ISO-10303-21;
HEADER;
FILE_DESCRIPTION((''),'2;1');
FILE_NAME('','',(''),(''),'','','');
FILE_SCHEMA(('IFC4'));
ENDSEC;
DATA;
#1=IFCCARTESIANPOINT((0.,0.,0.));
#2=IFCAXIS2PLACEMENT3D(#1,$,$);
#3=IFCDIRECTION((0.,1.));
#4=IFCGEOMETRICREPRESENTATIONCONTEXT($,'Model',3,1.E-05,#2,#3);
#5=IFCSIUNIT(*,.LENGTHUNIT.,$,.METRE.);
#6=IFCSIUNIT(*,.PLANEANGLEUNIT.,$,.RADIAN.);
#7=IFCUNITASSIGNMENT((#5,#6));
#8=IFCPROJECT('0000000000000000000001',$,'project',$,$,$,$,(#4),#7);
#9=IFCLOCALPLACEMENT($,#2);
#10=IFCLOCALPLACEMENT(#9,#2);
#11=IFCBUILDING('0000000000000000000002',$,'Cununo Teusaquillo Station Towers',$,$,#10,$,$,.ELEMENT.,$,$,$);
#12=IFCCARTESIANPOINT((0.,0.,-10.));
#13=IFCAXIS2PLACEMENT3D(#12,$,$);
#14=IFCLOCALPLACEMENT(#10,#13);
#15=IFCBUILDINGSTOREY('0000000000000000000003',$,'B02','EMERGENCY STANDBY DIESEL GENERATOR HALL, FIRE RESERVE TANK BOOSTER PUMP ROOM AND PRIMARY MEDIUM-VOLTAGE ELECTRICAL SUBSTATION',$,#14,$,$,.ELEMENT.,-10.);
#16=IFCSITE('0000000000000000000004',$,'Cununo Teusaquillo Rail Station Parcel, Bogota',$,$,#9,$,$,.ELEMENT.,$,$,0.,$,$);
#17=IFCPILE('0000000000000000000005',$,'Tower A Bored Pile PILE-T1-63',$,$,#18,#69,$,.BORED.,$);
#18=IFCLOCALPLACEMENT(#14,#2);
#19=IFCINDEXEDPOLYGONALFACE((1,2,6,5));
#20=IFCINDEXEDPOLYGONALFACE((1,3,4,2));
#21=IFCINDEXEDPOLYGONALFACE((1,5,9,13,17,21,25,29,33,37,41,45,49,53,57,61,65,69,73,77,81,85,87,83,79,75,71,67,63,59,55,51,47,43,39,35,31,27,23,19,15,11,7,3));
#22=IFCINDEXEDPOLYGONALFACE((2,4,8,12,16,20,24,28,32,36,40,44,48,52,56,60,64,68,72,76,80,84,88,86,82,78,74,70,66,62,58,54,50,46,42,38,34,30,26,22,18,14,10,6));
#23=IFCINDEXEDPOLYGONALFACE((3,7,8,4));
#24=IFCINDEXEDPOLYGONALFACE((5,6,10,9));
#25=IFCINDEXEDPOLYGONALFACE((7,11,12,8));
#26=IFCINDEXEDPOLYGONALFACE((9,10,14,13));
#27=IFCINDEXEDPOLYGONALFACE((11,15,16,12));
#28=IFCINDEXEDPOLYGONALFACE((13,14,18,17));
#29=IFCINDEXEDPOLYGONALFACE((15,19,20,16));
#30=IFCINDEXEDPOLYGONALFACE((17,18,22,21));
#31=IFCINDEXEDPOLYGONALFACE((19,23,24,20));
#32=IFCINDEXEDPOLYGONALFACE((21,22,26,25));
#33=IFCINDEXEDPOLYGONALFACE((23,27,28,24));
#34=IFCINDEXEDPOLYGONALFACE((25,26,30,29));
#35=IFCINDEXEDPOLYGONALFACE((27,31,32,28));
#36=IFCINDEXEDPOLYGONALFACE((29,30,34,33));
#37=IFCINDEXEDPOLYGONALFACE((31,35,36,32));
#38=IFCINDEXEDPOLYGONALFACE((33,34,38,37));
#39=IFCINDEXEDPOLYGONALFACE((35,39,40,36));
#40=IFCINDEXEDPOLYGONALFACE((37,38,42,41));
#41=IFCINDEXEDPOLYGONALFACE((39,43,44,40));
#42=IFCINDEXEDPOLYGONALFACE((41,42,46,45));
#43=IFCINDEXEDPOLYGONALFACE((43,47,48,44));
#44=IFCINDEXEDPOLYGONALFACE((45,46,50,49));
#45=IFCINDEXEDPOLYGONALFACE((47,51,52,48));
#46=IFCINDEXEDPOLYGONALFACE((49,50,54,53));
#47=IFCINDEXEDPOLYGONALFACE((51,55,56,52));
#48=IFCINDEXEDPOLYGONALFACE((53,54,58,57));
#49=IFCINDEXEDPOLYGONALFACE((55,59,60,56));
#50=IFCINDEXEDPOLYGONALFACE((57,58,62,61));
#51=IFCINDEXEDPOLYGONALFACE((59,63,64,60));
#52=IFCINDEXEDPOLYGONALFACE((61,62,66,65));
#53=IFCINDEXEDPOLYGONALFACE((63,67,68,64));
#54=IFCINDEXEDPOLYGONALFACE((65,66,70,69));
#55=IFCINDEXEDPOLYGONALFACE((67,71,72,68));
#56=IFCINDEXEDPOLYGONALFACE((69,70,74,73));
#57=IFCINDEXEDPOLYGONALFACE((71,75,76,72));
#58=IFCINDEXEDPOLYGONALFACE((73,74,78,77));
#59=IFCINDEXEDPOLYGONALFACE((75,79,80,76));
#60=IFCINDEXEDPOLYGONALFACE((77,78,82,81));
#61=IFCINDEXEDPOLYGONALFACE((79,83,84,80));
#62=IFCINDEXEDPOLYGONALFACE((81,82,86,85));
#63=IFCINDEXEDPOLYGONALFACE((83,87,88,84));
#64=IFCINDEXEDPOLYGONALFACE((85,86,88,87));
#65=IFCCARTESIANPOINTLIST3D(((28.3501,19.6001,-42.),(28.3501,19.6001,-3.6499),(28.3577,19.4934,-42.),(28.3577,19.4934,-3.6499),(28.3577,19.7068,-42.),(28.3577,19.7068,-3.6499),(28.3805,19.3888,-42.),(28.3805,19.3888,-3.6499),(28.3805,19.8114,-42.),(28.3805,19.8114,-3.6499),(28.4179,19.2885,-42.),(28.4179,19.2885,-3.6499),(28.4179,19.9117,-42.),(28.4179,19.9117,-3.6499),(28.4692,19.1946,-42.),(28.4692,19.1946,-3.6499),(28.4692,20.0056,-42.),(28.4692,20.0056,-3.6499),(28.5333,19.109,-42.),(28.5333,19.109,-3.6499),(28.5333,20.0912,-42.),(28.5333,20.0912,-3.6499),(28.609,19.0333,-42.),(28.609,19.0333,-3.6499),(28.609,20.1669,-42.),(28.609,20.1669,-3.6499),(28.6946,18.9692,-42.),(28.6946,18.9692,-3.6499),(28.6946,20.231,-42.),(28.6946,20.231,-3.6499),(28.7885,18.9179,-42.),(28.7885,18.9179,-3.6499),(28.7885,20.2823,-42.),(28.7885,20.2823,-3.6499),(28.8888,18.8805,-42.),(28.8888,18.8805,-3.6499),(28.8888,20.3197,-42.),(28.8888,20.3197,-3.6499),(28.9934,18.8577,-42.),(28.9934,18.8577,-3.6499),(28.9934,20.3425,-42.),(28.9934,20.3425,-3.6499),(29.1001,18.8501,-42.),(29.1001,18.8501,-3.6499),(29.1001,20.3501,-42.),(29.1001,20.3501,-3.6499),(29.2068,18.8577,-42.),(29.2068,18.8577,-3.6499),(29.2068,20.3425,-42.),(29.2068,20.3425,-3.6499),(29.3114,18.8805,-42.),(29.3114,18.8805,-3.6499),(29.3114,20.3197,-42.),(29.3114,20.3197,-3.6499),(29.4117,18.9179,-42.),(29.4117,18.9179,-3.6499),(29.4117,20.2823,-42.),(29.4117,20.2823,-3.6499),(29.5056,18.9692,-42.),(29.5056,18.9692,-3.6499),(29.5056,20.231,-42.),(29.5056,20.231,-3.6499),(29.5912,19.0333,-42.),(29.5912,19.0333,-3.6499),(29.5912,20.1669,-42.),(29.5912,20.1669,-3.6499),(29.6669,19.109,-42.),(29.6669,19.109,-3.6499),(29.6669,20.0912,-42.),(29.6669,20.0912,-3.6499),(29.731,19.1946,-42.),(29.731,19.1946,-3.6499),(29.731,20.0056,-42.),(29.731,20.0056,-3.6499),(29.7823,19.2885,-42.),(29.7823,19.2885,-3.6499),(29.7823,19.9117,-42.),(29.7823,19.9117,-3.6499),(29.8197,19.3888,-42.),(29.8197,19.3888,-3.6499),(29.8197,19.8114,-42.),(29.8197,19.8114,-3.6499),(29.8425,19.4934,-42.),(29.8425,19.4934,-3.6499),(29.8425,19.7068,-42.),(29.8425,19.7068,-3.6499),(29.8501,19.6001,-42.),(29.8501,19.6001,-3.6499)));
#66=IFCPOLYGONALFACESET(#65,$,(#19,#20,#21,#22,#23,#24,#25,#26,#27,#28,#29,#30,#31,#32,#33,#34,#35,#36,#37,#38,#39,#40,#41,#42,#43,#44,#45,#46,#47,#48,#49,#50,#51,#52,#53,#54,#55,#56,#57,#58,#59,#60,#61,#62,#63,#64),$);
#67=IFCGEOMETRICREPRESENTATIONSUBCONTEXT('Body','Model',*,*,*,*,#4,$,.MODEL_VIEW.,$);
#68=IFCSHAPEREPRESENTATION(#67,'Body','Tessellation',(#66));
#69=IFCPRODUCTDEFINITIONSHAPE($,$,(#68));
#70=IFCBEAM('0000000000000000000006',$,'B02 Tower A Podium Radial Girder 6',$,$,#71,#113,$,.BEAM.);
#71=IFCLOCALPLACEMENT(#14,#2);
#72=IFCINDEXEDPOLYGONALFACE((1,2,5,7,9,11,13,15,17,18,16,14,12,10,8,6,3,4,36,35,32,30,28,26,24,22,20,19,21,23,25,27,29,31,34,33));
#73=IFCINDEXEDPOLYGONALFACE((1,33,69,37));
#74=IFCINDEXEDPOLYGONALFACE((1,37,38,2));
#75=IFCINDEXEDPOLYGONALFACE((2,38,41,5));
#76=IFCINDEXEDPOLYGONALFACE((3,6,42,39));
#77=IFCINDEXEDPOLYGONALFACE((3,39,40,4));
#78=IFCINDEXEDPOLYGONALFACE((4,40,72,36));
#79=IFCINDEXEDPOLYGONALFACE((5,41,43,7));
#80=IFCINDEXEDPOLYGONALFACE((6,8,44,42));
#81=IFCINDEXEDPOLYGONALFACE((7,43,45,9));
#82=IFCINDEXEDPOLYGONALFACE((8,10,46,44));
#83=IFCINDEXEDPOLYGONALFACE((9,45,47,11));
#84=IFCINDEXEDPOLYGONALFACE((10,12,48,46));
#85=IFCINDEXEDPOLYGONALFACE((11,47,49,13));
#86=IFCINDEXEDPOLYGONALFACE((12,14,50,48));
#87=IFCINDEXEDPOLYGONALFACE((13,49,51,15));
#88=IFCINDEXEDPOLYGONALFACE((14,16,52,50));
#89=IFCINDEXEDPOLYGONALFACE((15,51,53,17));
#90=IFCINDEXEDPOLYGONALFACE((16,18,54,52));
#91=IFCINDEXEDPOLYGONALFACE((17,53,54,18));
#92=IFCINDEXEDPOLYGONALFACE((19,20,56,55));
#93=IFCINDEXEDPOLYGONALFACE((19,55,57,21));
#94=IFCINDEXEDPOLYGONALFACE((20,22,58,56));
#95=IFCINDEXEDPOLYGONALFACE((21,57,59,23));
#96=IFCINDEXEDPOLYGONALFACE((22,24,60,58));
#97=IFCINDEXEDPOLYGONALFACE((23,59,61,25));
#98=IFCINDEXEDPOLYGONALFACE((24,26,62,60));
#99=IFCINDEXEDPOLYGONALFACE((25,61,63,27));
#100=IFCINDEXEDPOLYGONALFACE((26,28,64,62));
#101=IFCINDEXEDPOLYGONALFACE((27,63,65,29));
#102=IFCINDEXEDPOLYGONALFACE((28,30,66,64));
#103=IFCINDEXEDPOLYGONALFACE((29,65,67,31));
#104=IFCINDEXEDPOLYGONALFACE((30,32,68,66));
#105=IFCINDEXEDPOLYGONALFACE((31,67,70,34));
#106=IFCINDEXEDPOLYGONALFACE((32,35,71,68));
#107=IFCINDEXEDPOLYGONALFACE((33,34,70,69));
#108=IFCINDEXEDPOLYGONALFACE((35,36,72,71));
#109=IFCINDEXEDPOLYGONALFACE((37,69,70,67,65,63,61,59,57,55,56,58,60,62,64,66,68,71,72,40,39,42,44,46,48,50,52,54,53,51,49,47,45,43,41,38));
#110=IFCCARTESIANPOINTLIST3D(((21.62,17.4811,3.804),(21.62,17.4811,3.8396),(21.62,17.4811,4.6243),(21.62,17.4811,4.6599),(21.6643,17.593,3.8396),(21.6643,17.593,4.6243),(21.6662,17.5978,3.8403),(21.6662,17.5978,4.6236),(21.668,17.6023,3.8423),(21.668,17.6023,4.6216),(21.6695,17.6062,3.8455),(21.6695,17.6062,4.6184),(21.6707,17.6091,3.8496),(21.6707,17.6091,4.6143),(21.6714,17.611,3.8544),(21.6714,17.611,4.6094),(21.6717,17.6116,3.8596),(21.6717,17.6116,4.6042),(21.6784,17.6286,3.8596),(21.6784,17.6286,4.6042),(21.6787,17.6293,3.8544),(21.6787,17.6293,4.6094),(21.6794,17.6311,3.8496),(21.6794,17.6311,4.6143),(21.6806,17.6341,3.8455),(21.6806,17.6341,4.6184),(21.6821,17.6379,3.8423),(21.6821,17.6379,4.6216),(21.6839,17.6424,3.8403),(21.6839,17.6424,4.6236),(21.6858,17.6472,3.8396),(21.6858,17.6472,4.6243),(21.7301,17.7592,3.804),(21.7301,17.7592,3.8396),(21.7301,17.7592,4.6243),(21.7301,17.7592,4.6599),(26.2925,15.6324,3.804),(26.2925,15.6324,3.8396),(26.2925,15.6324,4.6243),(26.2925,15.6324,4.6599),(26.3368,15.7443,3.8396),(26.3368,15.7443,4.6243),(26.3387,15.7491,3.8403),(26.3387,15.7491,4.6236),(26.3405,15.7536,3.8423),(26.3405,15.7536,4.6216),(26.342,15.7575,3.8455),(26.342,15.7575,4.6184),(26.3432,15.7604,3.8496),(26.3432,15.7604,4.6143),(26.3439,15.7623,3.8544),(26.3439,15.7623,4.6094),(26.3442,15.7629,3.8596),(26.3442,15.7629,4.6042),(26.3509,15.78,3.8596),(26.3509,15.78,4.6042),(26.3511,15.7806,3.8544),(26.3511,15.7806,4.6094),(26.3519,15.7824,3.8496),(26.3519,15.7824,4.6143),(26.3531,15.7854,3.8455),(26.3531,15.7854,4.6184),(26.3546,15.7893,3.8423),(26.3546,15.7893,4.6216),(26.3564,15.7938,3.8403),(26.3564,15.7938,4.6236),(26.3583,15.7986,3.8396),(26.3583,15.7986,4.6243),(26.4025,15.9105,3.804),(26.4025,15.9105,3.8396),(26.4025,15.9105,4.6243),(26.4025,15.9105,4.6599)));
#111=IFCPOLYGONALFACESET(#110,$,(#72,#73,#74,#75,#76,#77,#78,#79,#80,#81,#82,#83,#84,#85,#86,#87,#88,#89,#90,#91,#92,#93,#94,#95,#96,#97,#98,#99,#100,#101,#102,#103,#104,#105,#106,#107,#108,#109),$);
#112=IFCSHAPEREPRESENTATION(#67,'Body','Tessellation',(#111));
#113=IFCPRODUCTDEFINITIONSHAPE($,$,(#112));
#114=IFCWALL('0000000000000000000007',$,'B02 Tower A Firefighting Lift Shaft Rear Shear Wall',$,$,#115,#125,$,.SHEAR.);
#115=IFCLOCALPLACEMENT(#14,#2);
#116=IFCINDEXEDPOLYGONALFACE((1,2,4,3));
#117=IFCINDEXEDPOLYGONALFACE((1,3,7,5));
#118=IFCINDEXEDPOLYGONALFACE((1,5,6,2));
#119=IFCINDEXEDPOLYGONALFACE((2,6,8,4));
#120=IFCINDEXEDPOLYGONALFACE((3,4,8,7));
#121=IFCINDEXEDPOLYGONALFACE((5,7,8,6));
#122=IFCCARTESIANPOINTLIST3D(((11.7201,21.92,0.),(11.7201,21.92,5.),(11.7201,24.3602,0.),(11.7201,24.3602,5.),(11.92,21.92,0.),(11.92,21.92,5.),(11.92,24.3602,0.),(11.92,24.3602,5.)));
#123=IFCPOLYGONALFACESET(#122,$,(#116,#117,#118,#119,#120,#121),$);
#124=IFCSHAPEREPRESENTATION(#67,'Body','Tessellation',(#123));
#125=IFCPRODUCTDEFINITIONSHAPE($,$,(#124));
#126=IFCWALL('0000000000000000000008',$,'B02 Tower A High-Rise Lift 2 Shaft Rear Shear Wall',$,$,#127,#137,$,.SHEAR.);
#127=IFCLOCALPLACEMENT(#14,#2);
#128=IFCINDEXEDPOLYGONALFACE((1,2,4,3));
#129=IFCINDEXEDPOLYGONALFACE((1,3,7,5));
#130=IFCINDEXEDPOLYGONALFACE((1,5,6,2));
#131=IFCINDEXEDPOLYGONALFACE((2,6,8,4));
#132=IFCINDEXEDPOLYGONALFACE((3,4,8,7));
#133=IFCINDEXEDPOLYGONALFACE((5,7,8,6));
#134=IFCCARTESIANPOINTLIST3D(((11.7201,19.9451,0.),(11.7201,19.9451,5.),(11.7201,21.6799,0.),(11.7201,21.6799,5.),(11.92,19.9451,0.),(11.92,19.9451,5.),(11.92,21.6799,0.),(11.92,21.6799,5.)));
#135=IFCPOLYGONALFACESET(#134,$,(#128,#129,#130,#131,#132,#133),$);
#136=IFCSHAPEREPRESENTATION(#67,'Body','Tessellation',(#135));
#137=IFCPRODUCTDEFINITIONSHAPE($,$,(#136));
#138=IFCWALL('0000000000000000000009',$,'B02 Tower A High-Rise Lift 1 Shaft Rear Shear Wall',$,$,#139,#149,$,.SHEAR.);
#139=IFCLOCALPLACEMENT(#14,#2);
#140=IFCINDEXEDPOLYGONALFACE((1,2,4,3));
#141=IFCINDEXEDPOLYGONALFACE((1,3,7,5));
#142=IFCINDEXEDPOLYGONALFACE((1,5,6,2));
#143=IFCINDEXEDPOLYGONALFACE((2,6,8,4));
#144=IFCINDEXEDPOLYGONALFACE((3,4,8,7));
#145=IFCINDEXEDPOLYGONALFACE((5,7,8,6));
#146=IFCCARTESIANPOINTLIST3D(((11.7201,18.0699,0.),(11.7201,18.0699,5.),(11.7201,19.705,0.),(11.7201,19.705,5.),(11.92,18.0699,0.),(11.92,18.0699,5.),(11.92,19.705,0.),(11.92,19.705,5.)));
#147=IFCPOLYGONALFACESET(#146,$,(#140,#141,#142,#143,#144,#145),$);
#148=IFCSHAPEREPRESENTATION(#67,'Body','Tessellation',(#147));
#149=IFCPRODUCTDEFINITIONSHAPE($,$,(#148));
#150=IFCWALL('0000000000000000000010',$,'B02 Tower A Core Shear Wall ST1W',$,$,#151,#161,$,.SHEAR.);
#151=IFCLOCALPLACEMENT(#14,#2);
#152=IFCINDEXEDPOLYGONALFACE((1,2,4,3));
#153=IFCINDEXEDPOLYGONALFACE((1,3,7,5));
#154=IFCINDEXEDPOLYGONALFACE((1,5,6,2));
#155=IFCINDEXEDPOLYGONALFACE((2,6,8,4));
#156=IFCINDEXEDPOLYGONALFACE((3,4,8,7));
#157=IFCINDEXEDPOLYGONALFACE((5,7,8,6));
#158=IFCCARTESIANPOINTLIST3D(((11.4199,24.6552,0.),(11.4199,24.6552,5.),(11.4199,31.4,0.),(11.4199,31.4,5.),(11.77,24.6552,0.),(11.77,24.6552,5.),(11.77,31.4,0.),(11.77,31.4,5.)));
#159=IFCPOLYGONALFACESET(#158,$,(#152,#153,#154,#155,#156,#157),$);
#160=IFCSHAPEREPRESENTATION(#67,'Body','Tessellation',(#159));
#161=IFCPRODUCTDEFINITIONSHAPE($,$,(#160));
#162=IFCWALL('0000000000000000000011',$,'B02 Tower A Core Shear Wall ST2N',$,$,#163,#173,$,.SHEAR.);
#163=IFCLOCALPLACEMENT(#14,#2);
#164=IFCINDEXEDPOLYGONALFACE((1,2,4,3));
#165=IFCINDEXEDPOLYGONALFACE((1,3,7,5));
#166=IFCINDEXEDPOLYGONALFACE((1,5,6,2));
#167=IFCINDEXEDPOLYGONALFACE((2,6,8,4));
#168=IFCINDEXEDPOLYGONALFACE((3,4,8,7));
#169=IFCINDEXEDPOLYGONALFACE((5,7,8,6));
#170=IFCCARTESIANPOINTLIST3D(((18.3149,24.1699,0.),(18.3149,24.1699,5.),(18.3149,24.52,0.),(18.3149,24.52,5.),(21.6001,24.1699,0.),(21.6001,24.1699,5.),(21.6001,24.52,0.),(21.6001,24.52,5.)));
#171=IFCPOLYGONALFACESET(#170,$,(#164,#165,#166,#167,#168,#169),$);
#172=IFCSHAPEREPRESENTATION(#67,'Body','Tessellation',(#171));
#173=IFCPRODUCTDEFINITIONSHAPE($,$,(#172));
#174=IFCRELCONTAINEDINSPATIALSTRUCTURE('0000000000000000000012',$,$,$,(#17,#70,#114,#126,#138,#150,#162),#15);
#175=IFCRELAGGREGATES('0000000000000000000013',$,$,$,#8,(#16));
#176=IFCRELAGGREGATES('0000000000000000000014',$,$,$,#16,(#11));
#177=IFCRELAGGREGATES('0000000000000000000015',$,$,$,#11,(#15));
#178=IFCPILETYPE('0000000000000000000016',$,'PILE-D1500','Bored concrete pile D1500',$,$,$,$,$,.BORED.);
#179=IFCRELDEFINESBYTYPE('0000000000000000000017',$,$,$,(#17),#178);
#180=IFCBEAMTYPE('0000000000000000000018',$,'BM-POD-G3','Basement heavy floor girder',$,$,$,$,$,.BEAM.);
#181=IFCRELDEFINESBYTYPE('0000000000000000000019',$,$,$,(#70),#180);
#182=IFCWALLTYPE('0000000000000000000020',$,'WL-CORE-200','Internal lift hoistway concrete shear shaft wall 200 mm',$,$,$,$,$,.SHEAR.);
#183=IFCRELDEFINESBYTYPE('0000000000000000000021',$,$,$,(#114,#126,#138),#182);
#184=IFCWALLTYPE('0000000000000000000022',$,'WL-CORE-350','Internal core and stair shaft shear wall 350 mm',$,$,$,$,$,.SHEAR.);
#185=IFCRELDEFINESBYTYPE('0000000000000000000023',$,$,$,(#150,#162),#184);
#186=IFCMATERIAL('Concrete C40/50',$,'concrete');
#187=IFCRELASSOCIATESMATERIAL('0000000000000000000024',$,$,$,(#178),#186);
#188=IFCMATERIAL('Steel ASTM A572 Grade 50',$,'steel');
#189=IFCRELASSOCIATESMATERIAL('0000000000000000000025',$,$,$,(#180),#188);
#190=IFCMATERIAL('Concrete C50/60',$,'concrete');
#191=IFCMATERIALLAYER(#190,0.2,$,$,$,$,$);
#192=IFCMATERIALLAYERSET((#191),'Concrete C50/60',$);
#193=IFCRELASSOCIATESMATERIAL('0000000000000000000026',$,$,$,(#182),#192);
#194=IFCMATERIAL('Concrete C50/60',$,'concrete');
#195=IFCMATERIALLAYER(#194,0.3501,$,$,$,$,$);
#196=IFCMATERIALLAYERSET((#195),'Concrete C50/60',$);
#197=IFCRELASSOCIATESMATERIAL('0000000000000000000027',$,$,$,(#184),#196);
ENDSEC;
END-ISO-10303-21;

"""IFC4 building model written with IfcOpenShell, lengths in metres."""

from ifc_helpers import new_model, si_unit, direction, frame, frame_2d, origin, origin_2d, place, context, subcontext, project, spatial, rectangle, circle, i_section, extrude, material, layer, layer_set, material_profile, profile_set, type_object, element, save


model = new_model("IFC4")

# Units and contexts
model_context = context("Model", 3, precision=1e-05, world=origin(), true_north=direction((0.0, 1.0)))
body_context = subcontext(model_context, "Body", "Model", "MODEL_VIEW")
ifc_project = project(units=[si_unit("LENGTHUNIT", "METRE"), si_unit("PLANEANGLEUNIT", "RADIAN")], contexts=[model_context])

# Site, building, storey
site_placement = place(None, origin())
site = spatial("IfcSite", under=ifc_project, at=site_placement, Name="Cununo Teusaquillo Rail Station Parcel, Bogota", CompositionType="ELEMENT", RefElevation=0.0)
building_placement = place(site_placement, origin())
building = spatial("IfcBuilding", under=site, at=building_placement, Name="Cununo Teusaquillo Station Towers", CompositionType="ELEMENT")
storey_placement = place(building_placement, frame((0.0, 0.0, -10.0)))
storey = spatial("IfcBuildingStorey", under=building, at=storey_placement, Name="B02", Description="EMERGENCY STANDBY DIESEL GENERATOR HALL, FIRE RESERVE TANK BOOSTER PUMP ROOM AND PRIMARY MEDIUM-VOLTAGE ELECTRICAL SUBSTATION", CompositionType="ELEMENT", Elevation=-10.0)

# Pile
ifc_material_1 = material(Name="Concrete C40/50", Category="concrete")
ifc_material_profile_1 = material_profile(ifc_material_1, circle(Radius=0.75, at=origin_2d()), Name="PILE-BORED-1500")
ifc_profile_set_1 = profile_set([ifc_material_profile_1], Name="Concrete C40/50")
pile_type = type_object("IfcPileType", Name="PILE-D1500", Description="Bored concrete pile D1500", PredefinedType="BORED", material=ifc_profile_set_1)
for number, where, z_axis, x_axis, name in (
    (1, (29.1001, 19.6001, -3.6499), (0.0, 0.0, -1.0), (1.0, 0.0, 0.0), "Tower A Bored Pile PILE-T1-63"),
):
    element("IfcPile", number, at=place(storey_placement, frame(where, z_axis=z_axis, x_axis=x_axis)), inside=storey, type_object=pile_type, Name=name, PredefinedType="BORED", context=body_context, shape_type="SweptSolid", body=[
        extrude(circle(Radius=0.75, at=origin_2d()), origin(), (0.0, 0.0, 1.0), 38.3501),
    ])

# Beam
ifc_material_2 = material(Name="Steel ASTM A572 Grade 50", Category="steel")
ifc_material_profile_2 = material_profile(ifc_material_2, i_section(OverallWidth=0.2991, OverallDepth=0.856, WebThickness=0.0183, FlangeThickness=0.0356, FilletRadius=0.02, at=origin_2d()), Name="W33X201")
ifc_profile_set_2 = profile_set([ifc_material_profile_2], Name="Steel ASTM A572 Grade 50")
beam_type = type_object("IfcBeamType", Name="BM-POD-G3", Description="Basement heavy floor girder", PredefinedType="BEAM", material=ifc_profile_set_2)
beam_placement = place(storey_placement, frame((21.675, 17.6201, 4.2319), z_axis=(0.929864, -0.367903, 0.0), x_axis=(0.367903, 0.929864, 0.0)))
element("IfcBeam", 2, at=beam_placement, inside=storey, type_object=beam_type, Name="B02 Tower A Podium Radial Girder 6", PredefinedType="BEAM", context=body_context, shape_type="SweptSolid", body=[
    extrude(i_section(OverallWidth=0.2991, OverallDepth=0.856, WebThickness=0.0183, FlangeThickness=0.0356, FilletRadius=0.02, at=origin_2d()), origin(), (0.0, 0.0, 1.0), 5.0249),
])

# Walls
ifc_material_3 = material(Name="Concrete C50/60", Category="concrete")
ifc_layer_1 = layer(ifc_material_3, 0.2)
ifc_layer_set_1 = layer_set([ifc_layer_1], Name="Concrete C50/60")
wall_type_1 = type_object("IfcWallType", Name="WL-CORE-200", Description="Internal lift hoistway concrete shear shaft wall 200 mm", PredefinedType="SHEAR", material=ifc_layer_set_1)
wall_1_placement = place(storey_placement, frame((11.8201, 21.9199, 0.0), z_axis=(0.0, 0.0, 1.0), x_axis=(0.0, 1.0, 0.0)))
element("IfcWall", 3, at=wall_1_placement, inside=storey, type_object=wall_type_1, Name="B02 Tower A Firefighting Lift Shaft Rear Shear Wall", PredefinedType="SHEAR", context=body_context, shape_type="SweptSolid", body=[
    extrude(rectangle(XDim=2.4402, YDim=0.2, at=frame_2d((1.2202, 0.0))), origin(), (0.0, 0.0, 1.0), 5.0),
])
wall_2_placement = place(storey_placement, frame((11.8201, 19.9451, 0.0), z_axis=(0.0, 0.0, 1.0), x_axis=(0.0, 1.0, 0.0)))
element("IfcWall", 4, at=wall_2_placement, inside=storey, type_object=wall_type_1, Name="B02 Tower A High-Rise Lift 2 Shaft Rear Shear Wall", PredefinedType="SHEAR", context=body_context, shape_type="SweptSolid", body=[
    extrude(rectangle(XDim=1.7349, YDim=0.2, at=frame_2d((0.8674, 0.0))), origin(), (0.0, 0.0, 1.0), 5.0),
])
wall_3_placement = place(storey_placement, frame((11.8201, 18.0701, 0.0), z_axis=(0.0, 0.0, 1.0), x_axis=(0.0, 1.0, 0.0)))
element("IfcWall", 5, at=wall_3_placement, inside=storey, type_object=wall_type_1, Name="B02 Tower A High-Rise Lift 1 Shaft Rear Shear Wall", PredefinedType="SHEAR", context=body_context, shape_type="SweptSolid", body=[
    extrude(rectangle(XDim=1.635, YDim=0.2, at=frame_2d((0.8174, 0.0))), origin(), (0.0, 0.0, 1.0), 5.0),
])
ifc_material_4 = material(Name="Concrete C50/60", Category="concrete")
ifc_layer_2 = layer(ifc_material_4, 0.3501)
ifc_layer_set_2 = layer_set([ifc_layer_2], Name="Concrete C50/60")
wall_type_2 = type_object("IfcWallType", Name="WL-CORE-350", Description="Internal core and stair shaft shear wall 350 mm", PredefinedType="SHEAR", material=ifc_layer_set_2)
wall_4_placement = place(storey_placement, frame((11.595, 24.655, 0.0), z_axis=(0.0, 0.0, 1.0), x_axis=(0.0, 1.0, 0.0)))
element("IfcWall", 6, at=wall_4_placement, inside=storey, type_object=wall_type_2, Name="B02 Tower A Core Shear Wall ST1W", PredefinedType="SHEAR", context=body_context, shape_type="SweptSolid", body=[
    extrude(rectangle(XDim=6.7449, YDim=0.3501, at=frame_2d((3.3726, 0.0))), origin(), (0.0, 0.0, 1.0), 5.0),
])
wall_5_placement = place(storey_placement, frame((18.3149, 24.345, 0.0), z_axis=(0.0, 0.0, 1.0), x_axis=(1.0, 0.0, 0.0)))
element("IfcWall", 7, at=wall_5_placement, inside=storey, type_object=wall_type_2, Name="B02 Tower A Core Shear Wall ST2N", PredefinedType="SHEAR", context=body_context, shape_type="SweptSolid", body=[
    extrude(rectangle(XDim=3.2852, YDim=0.3501, at=frame_2d((1.6426, 0.0))), origin(), (0.0, 0.0, 1.0), 5.0),
])

save(model, "model.ifc")
